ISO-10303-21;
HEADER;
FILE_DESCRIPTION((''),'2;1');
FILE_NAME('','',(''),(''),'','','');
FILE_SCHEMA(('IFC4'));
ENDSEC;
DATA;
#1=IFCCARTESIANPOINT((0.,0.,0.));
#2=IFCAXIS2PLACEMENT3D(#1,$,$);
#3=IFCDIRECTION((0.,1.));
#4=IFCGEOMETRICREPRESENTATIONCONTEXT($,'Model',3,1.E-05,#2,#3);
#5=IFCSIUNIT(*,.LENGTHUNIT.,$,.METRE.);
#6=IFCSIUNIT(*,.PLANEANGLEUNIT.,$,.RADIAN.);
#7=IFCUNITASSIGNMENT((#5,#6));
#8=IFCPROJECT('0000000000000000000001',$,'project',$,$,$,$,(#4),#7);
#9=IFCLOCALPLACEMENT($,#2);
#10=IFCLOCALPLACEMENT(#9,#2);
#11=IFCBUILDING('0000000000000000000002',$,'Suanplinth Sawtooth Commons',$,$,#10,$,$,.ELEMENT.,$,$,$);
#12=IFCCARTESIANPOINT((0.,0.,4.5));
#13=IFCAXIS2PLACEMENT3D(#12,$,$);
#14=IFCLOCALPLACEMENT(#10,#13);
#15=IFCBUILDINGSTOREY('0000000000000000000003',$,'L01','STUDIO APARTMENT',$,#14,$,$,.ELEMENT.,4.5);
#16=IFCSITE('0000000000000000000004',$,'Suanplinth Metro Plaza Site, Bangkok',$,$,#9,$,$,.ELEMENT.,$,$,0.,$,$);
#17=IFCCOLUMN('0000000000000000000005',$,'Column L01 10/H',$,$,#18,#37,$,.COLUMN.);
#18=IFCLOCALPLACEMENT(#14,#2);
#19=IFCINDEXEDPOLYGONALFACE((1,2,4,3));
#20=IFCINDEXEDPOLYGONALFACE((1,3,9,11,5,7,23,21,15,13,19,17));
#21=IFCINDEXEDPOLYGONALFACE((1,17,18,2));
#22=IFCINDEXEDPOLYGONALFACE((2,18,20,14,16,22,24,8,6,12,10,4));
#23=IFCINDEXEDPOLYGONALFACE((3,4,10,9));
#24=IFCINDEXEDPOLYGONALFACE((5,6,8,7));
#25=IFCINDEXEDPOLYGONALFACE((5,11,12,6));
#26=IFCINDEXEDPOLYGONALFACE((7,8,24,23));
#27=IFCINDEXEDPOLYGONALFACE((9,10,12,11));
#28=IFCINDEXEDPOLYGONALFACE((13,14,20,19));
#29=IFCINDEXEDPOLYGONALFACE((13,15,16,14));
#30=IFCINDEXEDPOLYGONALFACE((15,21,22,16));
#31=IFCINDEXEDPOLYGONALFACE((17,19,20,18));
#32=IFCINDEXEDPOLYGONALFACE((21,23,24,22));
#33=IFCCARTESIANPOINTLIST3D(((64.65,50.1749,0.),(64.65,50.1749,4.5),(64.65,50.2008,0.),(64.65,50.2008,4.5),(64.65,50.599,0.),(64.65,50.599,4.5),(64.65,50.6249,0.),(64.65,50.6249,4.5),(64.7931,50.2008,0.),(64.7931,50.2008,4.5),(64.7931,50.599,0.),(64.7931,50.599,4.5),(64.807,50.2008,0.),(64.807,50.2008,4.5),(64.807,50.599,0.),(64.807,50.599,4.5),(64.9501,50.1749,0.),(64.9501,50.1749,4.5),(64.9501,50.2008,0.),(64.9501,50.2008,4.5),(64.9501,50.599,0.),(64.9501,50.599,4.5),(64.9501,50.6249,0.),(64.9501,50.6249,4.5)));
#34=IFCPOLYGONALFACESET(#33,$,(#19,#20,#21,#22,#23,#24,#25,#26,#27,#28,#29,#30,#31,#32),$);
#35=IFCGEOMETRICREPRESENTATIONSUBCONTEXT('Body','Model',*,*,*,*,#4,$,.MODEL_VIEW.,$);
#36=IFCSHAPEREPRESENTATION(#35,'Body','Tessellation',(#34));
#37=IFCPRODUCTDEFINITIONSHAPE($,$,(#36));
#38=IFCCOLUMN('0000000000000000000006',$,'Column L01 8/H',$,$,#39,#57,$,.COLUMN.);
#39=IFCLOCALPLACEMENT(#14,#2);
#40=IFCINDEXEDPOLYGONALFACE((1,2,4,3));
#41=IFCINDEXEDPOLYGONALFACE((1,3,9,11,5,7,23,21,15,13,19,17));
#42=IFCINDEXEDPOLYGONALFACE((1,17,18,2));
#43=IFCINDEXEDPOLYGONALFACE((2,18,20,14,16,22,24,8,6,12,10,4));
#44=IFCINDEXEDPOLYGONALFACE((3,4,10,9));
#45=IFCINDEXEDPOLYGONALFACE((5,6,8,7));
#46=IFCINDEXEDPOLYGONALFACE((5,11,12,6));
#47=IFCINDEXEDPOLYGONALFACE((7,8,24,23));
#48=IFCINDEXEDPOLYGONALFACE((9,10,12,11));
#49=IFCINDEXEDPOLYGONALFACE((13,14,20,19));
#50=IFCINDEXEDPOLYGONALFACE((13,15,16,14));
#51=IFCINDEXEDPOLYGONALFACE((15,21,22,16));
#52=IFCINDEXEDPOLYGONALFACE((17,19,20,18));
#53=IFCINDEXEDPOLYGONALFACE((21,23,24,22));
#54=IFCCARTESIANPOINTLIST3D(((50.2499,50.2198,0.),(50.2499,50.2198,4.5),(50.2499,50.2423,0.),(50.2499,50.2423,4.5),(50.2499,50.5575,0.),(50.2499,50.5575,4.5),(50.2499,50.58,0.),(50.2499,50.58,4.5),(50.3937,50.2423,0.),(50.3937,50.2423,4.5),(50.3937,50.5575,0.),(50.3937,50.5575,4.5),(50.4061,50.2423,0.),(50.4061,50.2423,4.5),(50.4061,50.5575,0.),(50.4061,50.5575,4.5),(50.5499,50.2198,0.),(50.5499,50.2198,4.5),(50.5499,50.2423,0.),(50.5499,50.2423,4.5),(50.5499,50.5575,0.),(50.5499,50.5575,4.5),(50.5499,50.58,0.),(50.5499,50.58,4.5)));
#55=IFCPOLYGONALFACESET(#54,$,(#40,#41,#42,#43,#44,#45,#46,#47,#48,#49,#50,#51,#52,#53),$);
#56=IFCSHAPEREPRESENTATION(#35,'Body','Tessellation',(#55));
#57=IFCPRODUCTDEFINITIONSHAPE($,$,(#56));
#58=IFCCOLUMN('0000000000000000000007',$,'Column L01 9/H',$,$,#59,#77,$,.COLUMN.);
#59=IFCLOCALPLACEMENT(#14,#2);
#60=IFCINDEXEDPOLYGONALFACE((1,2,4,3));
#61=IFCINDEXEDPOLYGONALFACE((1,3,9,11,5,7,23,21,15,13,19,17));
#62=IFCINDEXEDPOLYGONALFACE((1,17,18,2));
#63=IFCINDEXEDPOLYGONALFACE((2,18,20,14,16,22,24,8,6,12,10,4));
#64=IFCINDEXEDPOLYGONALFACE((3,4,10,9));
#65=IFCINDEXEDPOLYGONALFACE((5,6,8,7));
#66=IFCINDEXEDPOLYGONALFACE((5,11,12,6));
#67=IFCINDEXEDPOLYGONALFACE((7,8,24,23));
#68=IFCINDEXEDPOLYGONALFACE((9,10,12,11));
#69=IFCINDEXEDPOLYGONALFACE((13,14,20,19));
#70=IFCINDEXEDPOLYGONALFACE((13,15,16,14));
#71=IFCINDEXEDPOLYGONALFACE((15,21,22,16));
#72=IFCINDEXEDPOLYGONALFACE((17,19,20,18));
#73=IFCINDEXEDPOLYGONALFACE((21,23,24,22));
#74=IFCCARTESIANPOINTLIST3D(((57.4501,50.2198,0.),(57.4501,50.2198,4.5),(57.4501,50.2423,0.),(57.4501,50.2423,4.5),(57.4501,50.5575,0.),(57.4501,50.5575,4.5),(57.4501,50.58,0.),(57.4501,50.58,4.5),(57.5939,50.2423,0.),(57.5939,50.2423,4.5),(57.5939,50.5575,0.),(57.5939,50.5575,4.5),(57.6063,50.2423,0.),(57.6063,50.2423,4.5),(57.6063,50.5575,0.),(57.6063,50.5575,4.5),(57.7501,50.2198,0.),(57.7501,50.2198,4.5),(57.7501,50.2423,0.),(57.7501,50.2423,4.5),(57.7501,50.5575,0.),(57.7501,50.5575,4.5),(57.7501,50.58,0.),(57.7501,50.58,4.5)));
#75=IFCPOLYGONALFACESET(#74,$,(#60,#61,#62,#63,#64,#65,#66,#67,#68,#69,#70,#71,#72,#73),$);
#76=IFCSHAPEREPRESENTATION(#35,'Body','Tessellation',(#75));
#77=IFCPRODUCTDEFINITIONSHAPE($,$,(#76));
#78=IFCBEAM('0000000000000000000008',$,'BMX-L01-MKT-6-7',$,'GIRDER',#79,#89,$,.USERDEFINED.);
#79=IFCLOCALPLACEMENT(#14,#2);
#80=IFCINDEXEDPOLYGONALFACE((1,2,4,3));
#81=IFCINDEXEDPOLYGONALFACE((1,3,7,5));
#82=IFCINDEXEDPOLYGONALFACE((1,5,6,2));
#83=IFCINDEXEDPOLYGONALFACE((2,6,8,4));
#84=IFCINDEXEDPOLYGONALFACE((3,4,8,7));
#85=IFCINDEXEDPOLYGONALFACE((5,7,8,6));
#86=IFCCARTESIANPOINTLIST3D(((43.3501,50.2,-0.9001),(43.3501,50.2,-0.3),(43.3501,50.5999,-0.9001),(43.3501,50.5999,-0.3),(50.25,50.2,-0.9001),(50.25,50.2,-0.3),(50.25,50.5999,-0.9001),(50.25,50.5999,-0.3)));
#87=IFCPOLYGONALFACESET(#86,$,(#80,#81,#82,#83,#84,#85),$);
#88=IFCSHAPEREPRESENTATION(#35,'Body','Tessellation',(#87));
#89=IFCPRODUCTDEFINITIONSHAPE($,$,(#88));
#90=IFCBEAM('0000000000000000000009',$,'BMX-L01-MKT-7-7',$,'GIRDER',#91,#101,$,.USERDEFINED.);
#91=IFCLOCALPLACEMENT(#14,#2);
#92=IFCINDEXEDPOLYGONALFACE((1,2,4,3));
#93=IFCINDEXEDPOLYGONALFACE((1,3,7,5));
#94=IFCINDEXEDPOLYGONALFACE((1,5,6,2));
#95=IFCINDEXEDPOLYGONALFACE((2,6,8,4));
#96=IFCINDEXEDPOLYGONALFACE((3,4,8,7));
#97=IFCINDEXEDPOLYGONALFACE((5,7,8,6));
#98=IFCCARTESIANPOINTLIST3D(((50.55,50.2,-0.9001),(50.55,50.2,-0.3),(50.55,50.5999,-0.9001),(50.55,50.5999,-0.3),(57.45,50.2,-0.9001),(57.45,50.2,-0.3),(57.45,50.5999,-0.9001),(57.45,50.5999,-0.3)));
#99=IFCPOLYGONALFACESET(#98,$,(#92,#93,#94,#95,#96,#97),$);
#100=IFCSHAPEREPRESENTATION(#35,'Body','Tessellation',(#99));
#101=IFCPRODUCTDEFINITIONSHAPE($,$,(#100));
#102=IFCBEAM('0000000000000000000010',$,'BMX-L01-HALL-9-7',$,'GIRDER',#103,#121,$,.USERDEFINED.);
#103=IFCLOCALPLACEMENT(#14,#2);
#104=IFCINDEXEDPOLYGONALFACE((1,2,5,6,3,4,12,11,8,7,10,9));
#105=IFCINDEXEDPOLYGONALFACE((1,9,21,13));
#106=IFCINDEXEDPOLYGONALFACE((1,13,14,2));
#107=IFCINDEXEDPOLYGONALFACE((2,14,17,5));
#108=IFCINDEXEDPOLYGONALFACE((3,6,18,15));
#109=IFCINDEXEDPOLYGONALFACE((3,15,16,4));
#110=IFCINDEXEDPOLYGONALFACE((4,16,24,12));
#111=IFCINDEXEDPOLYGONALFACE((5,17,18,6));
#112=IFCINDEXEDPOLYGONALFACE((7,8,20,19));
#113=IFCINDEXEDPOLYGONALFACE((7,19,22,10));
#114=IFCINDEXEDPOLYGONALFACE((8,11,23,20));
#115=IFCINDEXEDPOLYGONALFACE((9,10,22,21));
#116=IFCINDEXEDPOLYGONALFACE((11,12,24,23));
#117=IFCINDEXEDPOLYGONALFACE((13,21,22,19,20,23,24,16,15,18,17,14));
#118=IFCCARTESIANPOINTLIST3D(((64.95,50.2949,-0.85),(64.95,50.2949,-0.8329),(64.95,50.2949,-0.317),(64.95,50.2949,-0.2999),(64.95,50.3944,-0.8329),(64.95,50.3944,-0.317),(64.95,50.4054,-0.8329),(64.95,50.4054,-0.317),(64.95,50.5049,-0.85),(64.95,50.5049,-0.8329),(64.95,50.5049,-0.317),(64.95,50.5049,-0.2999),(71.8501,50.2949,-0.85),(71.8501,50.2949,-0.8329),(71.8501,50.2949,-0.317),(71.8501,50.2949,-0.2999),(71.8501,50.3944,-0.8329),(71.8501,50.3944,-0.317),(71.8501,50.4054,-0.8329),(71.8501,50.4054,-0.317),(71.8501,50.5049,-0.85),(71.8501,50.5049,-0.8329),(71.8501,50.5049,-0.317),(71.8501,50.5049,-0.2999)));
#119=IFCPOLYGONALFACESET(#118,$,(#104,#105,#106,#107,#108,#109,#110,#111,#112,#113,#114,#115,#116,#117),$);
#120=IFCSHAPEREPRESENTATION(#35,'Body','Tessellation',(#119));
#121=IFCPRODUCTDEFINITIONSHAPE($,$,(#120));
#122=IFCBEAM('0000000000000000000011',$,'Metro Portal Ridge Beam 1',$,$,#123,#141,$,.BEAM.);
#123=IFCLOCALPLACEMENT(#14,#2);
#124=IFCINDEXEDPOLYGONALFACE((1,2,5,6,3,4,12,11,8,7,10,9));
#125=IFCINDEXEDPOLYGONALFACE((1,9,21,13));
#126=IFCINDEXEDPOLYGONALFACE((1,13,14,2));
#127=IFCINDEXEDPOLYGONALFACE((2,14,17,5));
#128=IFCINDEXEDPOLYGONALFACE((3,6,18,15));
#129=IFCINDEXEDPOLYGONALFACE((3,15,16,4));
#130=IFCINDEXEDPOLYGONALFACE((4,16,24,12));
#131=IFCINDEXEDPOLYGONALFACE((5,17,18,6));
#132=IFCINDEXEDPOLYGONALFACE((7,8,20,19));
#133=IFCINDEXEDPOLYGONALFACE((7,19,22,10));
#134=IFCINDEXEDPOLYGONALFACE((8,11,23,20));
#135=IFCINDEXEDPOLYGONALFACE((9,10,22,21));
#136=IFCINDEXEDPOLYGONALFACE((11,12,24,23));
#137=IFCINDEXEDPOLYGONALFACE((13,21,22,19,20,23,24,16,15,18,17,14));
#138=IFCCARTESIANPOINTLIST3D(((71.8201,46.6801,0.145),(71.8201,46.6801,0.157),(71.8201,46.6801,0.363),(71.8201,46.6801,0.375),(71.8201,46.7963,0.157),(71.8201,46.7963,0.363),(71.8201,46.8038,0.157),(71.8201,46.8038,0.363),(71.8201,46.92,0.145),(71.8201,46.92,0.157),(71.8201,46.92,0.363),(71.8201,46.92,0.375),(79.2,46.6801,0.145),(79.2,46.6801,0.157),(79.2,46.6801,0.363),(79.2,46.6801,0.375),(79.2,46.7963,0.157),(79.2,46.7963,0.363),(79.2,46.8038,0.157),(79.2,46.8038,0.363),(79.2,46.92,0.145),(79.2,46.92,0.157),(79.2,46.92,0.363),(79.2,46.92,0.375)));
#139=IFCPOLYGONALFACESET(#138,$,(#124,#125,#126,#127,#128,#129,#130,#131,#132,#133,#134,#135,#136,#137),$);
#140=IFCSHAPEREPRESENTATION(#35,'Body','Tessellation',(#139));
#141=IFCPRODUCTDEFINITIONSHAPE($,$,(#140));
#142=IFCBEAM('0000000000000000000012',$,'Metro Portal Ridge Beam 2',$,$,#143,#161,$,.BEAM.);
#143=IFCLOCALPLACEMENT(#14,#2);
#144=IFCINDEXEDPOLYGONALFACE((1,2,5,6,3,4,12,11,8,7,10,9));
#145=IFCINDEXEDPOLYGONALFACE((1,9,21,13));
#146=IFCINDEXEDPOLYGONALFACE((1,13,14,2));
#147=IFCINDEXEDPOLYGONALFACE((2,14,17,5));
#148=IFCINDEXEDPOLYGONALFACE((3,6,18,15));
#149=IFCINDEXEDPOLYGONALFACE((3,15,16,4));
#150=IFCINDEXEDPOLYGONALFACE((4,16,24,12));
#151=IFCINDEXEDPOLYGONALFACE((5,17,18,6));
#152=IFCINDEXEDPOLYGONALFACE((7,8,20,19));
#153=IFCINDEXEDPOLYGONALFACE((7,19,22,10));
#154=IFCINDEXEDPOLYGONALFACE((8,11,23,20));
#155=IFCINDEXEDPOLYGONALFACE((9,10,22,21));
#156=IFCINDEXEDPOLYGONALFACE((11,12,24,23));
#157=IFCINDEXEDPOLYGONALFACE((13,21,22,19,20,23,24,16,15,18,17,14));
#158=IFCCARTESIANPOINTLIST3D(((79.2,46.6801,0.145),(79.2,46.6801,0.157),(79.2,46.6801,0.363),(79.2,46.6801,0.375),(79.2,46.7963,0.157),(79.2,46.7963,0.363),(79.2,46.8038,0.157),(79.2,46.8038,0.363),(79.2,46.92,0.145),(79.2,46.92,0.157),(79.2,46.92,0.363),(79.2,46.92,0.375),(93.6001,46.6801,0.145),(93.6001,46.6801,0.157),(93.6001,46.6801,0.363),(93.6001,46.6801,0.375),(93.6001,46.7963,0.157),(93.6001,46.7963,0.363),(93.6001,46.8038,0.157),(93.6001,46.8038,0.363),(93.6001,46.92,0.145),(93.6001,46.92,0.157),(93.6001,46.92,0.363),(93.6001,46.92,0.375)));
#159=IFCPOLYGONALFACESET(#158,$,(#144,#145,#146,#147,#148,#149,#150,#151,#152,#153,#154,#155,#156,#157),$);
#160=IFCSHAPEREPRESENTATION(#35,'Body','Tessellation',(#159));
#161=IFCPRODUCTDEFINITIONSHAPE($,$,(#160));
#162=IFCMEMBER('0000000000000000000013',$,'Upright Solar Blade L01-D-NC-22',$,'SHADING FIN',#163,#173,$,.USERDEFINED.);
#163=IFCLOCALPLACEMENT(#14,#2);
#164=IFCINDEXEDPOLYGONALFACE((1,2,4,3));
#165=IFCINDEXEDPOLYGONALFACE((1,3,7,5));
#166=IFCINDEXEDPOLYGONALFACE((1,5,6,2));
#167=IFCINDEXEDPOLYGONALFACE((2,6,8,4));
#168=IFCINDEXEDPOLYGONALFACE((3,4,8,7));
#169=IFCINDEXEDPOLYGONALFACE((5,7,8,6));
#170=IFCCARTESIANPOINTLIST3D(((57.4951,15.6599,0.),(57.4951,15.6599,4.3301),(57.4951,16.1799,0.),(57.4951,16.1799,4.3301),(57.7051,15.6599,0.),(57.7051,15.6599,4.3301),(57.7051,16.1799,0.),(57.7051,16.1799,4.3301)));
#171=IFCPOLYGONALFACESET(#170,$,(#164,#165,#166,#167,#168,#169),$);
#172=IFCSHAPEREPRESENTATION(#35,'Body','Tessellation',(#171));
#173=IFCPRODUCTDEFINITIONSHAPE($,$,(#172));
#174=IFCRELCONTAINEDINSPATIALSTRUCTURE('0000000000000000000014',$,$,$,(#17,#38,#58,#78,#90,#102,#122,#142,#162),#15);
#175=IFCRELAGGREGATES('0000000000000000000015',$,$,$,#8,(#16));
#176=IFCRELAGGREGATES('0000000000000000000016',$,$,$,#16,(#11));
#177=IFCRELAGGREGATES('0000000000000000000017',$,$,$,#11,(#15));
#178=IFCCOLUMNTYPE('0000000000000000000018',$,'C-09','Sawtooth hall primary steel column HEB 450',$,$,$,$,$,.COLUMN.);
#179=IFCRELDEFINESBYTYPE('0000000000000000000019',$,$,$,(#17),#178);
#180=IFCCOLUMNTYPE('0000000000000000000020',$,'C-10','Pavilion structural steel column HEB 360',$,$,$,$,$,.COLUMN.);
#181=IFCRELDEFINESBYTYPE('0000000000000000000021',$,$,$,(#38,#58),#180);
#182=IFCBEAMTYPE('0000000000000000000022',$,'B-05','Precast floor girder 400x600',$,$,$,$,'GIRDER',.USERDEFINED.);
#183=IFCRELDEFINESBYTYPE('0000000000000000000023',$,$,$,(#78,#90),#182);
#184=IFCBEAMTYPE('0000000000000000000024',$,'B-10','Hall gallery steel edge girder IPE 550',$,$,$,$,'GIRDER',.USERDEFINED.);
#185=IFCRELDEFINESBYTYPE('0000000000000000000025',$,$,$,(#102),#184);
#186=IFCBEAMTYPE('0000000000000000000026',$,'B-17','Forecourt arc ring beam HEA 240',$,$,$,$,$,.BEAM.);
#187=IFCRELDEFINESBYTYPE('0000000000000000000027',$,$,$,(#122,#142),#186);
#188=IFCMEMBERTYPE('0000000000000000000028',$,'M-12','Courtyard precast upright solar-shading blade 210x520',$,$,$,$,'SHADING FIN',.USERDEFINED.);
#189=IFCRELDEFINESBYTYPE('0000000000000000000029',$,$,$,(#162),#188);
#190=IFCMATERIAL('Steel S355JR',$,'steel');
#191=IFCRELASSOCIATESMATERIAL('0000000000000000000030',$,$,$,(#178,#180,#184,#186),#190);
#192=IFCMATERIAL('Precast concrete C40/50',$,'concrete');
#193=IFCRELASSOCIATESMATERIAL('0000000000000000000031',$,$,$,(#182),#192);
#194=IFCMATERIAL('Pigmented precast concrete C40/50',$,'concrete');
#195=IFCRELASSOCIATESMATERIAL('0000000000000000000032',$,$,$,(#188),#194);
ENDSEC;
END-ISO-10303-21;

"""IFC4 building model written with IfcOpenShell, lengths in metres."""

from ifc_helpers import new_model, si_unit, direction, frame, origin, origin_2d, place, context, subcontext, project, spatial, rectangle, i_section, extrude, material, material_profile, profile_set, type_object, element, save


model = new_model("IFC4")

# Units and contexts
model_context = context("Model", 3, precision=1e-05, world=origin(), true_north=direction((0.0, 1.0)))
body_context = subcontext(model_context, "Body", "Model", "MODEL_VIEW")
ifc_project = project(units=[si_unit("LENGTHUNIT", "METRE"), si_unit("PLANEANGLEUNIT", "RADIAN")], contexts=[model_context])

# Site, building, storey
site_placement = place(None, origin())
site = spatial("IfcSite", under=ifc_project, at=site_placement, Name="Suanplinth Metro Plaza Site, Bangkok", CompositionType="ELEMENT", RefElevation=0.0)
building_placement = place(site_placement, origin())
building = spatial("IfcBuilding", under=site, at=building_placement, Name="Suanplinth Sawtooth Commons", CompositionType="ELEMENT")
storey_placement = place(building_placement, frame((0.0, 0.0, 4.5)))
storey = spatial("IfcBuildingStorey", under=building, at=storey_placement, Name="L01", Description="STUDIO APARTMENT", CompositionType="ELEMENT", Elevation=4.5)

# Columns
ifc_material_1 = material(Name="Steel S355JR", Category="steel")
ifc_material_profile_1 = material_profile(ifc_material_1, i_section(OverallWidth=0.3, OverallDepth=0.45, WebThickness=0.0139, FlangeThickness=0.0259, at=origin_2d()), Name="HEB 450")
ifc_profile_set_1 = profile_set([ifc_material_profile_1], Name="Steel S355JR")
column_type_1 = type_object("IfcColumnType", Name="C-09", Description="Sawtooth hall primary steel column HEB 450", PredefinedType="COLUMN", material=ifc_profile_set_1)
column_placement = place(storey_placement, frame((64.8, 50.3999, 0.0), z_axis=(0.0, 0.0, 1.0), x_axis=(1.0, 0.0, 0.0)))
element("IfcColumn", 1, at=column_placement, inside=storey, type_object=column_type_1, Name="Column L01 10/H", PredefinedType="COLUMN", context=body_context, shape_type="SweptSolid", body=[
    extrude(i_section(OverallWidth=0.3, OverallDepth=0.45, WebThickness=0.0139, FlangeThickness=0.0259, at=origin_2d()), origin(), (0.0, 0.0, 1.0), 4.5),
])
ifc_material_profile_2 = material_profile(ifc_material_1, i_section(OverallWidth=0.3, OverallDepth=0.3601, WebThickness=0.0125, FlangeThickness=0.0225, at=origin_2d()), Name="HEB 360")
ifc_profile_set_2 = profile_set([ifc_material_profile_2], Name="Steel S355JR")
column_type_2 = type_object("IfcColumnType", Name="C-10", Description="Pavilion structural steel column HEB 360", PredefinedType="COLUMN", material=ifc_profile_set_2)
for number, where, z_axis, x_axis, name in (
    (2, (50.3999, 50.3999, 0.0), (0.0, 0.0, 1.0), (1.0, 0.0, 0.0), "Column L01 8/H"),
    (3, (57.6001, 50.3999, 0.0), (0.0, 0.0, 1.0), (1.0, 0.0, 0.0), "Column L01 9/H"),
):
    element("IfcColumn", number, at=place(storey_placement, frame(where, z_axis=z_axis, x_axis=x_axis)), inside=storey, type_object=column_type_2, Name=name, PredefinedType="COLUMN", context=body_context, shape_type="SweptSolid", body=[
        extrude(i_section(OverallWidth=0.3, OverallDepth=0.3601, WebThickness=0.0125, FlangeThickness=0.0225, at=origin_2d()), origin(), (0.0, 0.0, 1.0), 4.5),
    ])

# Beams
ifc_material_2 = material(Name="Precast concrete C40/50", Category="concrete")
ifc_material_profile_3 = material_profile(ifc_material_2, rectangle(XDim=0.3999, YDim=0.6001, at=origin_2d()), Name="PC-GDR 400x600")
ifc_profile_set_3 = profile_set([ifc_material_profile_3], Name="Precast concrete C40/50")
beam_type_1 = type_object("IfcBeamType", Name="B-05", Description="Precast floor girder 400x600", ElementType="GIRDER", PredefinedType="USERDEFINED", material=ifc_profile_set_3)
for number, where, z_axis, x_axis, name in (
    (4, (43.3501, 50.3999, -0.6001), (1.0, 0.0, 0.0), (0.0, 1.0, 0.0), "BMX-L01-MKT-6-7"),
    (5, (50.55, 50.3999, -0.6001), (1.0, 0.0, 0.0), (0.0, 1.0, 0.0), "BMX-L01-MKT-7-7"),
):
    element("IfcBeam", number, at=place(storey_placement, frame(where, z_axis=z_axis, x_axis=x_axis)), inside=storey, type_object=beam_type_1, Name=name, ObjectType="GIRDER", PredefinedType="USERDEFINED", context=body_context, shape_type="SweptSolid", body=[
        extrude(rectangle(XDim=0.3999, YDim=0.6001, at=origin_2d()), origin(), (0.0, 0.0, 1.0), 6.8999),
    ])
ifc_material_profile_4 = material_profile(ifc_material_1, i_section(OverallWidth=0.21, OverallDepth=0.55, WebThickness=0.011, FlangeThickness=0.0171, at=origin_2d()), Name="IPE 550")
ifc_profile_set_4 = profile_set([ifc_material_profile_4], Name="Steel S355JR")
beam_type_2 = type_object("IfcBeamType", Name="B-10", Description="Hall gallery steel edge girder IPE 550", ElementType="GIRDER", PredefinedType="USERDEFINED", material=ifc_profile_set_4)
beam_1_placement = place(storey_placement, frame((64.95, 50.3999, -0.575), z_axis=(1.0, 0.0, 0.0), x_axis=(0.0, 1.0, 0.0)))
element("IfcBeam", 6, at=beam_1_placement, inside=storey, type_object=beam_type_2, Name="BMX-L01-HALL-9-7", ObjectType="GIRDER", PredefinedType="USERDEFINED", context=body_context, shape_type="SweptSolid", body=[
    extrude(i_section(OverallWidth=0.21, OverallDepth=0.55, WebThickness=0.011, FlangeThickness=0.0171, at=origin_2d()), origin(), (0.0, 0.0, 1.0), 6.9001),
])
ifc_material_profile_5 = material_profile(ifc_material_1, i_section(OverallWidth=0.24, OverallDepth=0.23, WebThickness=0.0076, FlangeThickness=0.012, at=origin_2d()), Name="HEA 240")
ifc_profile_set_5 = profile_set([ifc_material_profile_5], Name="Steel S355JR")
beam_type_3 = type_object("IfcBeamType", Name="B-17", Description="Forecourt arc ring beam HEA 240", PredefinedType="BEAM", material=ifc_profile_set_5)
beam_2_placement = place(storey_placement, frame((71.8201, 46.8, 0.26), z_axis=(1.0, 0.0, 0.0), x_axis=(0.0, 1.0, 0.0)))
element("IfcBeam", 7, at=beam_2_placement, inside=storey, type_object=beam_type_3, Name="Metro Portal Ridge Beam 1", PredefinedType="BEAM", context=body_context, shape_type="SweptSolid", body=[
    extrude(i_section(OverallWidth=0.24, OverallDepth=0.23, WebThickness=0.0076, FlangeThickness=0.012, at=origin_2d()), origin(), (0.0, 0.0, 1.0), 7.3799),
])
beam_3_placement = place(storey_placement, frame((79.2, 46.8, 0.26), z_axis=(1.0, 0.0, 0.0), x_axis=(0.0, 1.0, 0.0)))
element("IfcBeam", 8, at=beam_3_placement, inside=storey, type_object=beam_type_3, Name="Metro Portal Ridge Beam 2", PredefinedType="BEAM", context=body_context, shape_type="SweptSolid", body=[
    extrude(i_section(OverallWidth=0.24, OverallDepth=0.23, WebThickness=0.0076, FlangeThickness=0.012, at=origin_2d()), origin(), (0.0, 0.0, 1.0), 14.4001),
])

# Member
ifc_material_3 = material(Name="Pigmented precast concrete C40/50", Category="concrete")
ifc_material_profile_6 = material_profile(ifc_material_3, rectangle(XDim=0.21, YDim=0.52, at=origin_2d()), Name="PC-FIN 210x520")
ifc_profile_set_6 = profile_set([ifc_material_profile_6], Name="Pigmented precast concrete C40/50")
member_type_1 = type_object("IfcMemberType", Name="M-12", Description="Courtyard precast upright solar-shading blade 210x520", ElementType="SHADING FIN", PredefinedType="USERDEFINED", material=ifc_profile_set_6)
member_1_placement = place(storey_placement, frame((57.6001, 15.9199, 0.0), z_axis=(0.0, 0.0, 1.0), x_axis=(1.0, 0.0, 0.0)))
element("IfcMember", 9, at=member_1_placement, inside=storey, type_object=member_type_1, Name="Upright Solar Blade L01-D-NC-22", ObjectType="SHADING FIN", PredefinedType="USERDEFINED", context=body_context, shape_type="SweptSolid", body=[
    extrude(rectangle(XDim=0.21, YDim=0.52, at=origin_2d()), origin(), (0.0, 0.0, 1.0), 4.3301),
])

save(model, "model.ifc")
